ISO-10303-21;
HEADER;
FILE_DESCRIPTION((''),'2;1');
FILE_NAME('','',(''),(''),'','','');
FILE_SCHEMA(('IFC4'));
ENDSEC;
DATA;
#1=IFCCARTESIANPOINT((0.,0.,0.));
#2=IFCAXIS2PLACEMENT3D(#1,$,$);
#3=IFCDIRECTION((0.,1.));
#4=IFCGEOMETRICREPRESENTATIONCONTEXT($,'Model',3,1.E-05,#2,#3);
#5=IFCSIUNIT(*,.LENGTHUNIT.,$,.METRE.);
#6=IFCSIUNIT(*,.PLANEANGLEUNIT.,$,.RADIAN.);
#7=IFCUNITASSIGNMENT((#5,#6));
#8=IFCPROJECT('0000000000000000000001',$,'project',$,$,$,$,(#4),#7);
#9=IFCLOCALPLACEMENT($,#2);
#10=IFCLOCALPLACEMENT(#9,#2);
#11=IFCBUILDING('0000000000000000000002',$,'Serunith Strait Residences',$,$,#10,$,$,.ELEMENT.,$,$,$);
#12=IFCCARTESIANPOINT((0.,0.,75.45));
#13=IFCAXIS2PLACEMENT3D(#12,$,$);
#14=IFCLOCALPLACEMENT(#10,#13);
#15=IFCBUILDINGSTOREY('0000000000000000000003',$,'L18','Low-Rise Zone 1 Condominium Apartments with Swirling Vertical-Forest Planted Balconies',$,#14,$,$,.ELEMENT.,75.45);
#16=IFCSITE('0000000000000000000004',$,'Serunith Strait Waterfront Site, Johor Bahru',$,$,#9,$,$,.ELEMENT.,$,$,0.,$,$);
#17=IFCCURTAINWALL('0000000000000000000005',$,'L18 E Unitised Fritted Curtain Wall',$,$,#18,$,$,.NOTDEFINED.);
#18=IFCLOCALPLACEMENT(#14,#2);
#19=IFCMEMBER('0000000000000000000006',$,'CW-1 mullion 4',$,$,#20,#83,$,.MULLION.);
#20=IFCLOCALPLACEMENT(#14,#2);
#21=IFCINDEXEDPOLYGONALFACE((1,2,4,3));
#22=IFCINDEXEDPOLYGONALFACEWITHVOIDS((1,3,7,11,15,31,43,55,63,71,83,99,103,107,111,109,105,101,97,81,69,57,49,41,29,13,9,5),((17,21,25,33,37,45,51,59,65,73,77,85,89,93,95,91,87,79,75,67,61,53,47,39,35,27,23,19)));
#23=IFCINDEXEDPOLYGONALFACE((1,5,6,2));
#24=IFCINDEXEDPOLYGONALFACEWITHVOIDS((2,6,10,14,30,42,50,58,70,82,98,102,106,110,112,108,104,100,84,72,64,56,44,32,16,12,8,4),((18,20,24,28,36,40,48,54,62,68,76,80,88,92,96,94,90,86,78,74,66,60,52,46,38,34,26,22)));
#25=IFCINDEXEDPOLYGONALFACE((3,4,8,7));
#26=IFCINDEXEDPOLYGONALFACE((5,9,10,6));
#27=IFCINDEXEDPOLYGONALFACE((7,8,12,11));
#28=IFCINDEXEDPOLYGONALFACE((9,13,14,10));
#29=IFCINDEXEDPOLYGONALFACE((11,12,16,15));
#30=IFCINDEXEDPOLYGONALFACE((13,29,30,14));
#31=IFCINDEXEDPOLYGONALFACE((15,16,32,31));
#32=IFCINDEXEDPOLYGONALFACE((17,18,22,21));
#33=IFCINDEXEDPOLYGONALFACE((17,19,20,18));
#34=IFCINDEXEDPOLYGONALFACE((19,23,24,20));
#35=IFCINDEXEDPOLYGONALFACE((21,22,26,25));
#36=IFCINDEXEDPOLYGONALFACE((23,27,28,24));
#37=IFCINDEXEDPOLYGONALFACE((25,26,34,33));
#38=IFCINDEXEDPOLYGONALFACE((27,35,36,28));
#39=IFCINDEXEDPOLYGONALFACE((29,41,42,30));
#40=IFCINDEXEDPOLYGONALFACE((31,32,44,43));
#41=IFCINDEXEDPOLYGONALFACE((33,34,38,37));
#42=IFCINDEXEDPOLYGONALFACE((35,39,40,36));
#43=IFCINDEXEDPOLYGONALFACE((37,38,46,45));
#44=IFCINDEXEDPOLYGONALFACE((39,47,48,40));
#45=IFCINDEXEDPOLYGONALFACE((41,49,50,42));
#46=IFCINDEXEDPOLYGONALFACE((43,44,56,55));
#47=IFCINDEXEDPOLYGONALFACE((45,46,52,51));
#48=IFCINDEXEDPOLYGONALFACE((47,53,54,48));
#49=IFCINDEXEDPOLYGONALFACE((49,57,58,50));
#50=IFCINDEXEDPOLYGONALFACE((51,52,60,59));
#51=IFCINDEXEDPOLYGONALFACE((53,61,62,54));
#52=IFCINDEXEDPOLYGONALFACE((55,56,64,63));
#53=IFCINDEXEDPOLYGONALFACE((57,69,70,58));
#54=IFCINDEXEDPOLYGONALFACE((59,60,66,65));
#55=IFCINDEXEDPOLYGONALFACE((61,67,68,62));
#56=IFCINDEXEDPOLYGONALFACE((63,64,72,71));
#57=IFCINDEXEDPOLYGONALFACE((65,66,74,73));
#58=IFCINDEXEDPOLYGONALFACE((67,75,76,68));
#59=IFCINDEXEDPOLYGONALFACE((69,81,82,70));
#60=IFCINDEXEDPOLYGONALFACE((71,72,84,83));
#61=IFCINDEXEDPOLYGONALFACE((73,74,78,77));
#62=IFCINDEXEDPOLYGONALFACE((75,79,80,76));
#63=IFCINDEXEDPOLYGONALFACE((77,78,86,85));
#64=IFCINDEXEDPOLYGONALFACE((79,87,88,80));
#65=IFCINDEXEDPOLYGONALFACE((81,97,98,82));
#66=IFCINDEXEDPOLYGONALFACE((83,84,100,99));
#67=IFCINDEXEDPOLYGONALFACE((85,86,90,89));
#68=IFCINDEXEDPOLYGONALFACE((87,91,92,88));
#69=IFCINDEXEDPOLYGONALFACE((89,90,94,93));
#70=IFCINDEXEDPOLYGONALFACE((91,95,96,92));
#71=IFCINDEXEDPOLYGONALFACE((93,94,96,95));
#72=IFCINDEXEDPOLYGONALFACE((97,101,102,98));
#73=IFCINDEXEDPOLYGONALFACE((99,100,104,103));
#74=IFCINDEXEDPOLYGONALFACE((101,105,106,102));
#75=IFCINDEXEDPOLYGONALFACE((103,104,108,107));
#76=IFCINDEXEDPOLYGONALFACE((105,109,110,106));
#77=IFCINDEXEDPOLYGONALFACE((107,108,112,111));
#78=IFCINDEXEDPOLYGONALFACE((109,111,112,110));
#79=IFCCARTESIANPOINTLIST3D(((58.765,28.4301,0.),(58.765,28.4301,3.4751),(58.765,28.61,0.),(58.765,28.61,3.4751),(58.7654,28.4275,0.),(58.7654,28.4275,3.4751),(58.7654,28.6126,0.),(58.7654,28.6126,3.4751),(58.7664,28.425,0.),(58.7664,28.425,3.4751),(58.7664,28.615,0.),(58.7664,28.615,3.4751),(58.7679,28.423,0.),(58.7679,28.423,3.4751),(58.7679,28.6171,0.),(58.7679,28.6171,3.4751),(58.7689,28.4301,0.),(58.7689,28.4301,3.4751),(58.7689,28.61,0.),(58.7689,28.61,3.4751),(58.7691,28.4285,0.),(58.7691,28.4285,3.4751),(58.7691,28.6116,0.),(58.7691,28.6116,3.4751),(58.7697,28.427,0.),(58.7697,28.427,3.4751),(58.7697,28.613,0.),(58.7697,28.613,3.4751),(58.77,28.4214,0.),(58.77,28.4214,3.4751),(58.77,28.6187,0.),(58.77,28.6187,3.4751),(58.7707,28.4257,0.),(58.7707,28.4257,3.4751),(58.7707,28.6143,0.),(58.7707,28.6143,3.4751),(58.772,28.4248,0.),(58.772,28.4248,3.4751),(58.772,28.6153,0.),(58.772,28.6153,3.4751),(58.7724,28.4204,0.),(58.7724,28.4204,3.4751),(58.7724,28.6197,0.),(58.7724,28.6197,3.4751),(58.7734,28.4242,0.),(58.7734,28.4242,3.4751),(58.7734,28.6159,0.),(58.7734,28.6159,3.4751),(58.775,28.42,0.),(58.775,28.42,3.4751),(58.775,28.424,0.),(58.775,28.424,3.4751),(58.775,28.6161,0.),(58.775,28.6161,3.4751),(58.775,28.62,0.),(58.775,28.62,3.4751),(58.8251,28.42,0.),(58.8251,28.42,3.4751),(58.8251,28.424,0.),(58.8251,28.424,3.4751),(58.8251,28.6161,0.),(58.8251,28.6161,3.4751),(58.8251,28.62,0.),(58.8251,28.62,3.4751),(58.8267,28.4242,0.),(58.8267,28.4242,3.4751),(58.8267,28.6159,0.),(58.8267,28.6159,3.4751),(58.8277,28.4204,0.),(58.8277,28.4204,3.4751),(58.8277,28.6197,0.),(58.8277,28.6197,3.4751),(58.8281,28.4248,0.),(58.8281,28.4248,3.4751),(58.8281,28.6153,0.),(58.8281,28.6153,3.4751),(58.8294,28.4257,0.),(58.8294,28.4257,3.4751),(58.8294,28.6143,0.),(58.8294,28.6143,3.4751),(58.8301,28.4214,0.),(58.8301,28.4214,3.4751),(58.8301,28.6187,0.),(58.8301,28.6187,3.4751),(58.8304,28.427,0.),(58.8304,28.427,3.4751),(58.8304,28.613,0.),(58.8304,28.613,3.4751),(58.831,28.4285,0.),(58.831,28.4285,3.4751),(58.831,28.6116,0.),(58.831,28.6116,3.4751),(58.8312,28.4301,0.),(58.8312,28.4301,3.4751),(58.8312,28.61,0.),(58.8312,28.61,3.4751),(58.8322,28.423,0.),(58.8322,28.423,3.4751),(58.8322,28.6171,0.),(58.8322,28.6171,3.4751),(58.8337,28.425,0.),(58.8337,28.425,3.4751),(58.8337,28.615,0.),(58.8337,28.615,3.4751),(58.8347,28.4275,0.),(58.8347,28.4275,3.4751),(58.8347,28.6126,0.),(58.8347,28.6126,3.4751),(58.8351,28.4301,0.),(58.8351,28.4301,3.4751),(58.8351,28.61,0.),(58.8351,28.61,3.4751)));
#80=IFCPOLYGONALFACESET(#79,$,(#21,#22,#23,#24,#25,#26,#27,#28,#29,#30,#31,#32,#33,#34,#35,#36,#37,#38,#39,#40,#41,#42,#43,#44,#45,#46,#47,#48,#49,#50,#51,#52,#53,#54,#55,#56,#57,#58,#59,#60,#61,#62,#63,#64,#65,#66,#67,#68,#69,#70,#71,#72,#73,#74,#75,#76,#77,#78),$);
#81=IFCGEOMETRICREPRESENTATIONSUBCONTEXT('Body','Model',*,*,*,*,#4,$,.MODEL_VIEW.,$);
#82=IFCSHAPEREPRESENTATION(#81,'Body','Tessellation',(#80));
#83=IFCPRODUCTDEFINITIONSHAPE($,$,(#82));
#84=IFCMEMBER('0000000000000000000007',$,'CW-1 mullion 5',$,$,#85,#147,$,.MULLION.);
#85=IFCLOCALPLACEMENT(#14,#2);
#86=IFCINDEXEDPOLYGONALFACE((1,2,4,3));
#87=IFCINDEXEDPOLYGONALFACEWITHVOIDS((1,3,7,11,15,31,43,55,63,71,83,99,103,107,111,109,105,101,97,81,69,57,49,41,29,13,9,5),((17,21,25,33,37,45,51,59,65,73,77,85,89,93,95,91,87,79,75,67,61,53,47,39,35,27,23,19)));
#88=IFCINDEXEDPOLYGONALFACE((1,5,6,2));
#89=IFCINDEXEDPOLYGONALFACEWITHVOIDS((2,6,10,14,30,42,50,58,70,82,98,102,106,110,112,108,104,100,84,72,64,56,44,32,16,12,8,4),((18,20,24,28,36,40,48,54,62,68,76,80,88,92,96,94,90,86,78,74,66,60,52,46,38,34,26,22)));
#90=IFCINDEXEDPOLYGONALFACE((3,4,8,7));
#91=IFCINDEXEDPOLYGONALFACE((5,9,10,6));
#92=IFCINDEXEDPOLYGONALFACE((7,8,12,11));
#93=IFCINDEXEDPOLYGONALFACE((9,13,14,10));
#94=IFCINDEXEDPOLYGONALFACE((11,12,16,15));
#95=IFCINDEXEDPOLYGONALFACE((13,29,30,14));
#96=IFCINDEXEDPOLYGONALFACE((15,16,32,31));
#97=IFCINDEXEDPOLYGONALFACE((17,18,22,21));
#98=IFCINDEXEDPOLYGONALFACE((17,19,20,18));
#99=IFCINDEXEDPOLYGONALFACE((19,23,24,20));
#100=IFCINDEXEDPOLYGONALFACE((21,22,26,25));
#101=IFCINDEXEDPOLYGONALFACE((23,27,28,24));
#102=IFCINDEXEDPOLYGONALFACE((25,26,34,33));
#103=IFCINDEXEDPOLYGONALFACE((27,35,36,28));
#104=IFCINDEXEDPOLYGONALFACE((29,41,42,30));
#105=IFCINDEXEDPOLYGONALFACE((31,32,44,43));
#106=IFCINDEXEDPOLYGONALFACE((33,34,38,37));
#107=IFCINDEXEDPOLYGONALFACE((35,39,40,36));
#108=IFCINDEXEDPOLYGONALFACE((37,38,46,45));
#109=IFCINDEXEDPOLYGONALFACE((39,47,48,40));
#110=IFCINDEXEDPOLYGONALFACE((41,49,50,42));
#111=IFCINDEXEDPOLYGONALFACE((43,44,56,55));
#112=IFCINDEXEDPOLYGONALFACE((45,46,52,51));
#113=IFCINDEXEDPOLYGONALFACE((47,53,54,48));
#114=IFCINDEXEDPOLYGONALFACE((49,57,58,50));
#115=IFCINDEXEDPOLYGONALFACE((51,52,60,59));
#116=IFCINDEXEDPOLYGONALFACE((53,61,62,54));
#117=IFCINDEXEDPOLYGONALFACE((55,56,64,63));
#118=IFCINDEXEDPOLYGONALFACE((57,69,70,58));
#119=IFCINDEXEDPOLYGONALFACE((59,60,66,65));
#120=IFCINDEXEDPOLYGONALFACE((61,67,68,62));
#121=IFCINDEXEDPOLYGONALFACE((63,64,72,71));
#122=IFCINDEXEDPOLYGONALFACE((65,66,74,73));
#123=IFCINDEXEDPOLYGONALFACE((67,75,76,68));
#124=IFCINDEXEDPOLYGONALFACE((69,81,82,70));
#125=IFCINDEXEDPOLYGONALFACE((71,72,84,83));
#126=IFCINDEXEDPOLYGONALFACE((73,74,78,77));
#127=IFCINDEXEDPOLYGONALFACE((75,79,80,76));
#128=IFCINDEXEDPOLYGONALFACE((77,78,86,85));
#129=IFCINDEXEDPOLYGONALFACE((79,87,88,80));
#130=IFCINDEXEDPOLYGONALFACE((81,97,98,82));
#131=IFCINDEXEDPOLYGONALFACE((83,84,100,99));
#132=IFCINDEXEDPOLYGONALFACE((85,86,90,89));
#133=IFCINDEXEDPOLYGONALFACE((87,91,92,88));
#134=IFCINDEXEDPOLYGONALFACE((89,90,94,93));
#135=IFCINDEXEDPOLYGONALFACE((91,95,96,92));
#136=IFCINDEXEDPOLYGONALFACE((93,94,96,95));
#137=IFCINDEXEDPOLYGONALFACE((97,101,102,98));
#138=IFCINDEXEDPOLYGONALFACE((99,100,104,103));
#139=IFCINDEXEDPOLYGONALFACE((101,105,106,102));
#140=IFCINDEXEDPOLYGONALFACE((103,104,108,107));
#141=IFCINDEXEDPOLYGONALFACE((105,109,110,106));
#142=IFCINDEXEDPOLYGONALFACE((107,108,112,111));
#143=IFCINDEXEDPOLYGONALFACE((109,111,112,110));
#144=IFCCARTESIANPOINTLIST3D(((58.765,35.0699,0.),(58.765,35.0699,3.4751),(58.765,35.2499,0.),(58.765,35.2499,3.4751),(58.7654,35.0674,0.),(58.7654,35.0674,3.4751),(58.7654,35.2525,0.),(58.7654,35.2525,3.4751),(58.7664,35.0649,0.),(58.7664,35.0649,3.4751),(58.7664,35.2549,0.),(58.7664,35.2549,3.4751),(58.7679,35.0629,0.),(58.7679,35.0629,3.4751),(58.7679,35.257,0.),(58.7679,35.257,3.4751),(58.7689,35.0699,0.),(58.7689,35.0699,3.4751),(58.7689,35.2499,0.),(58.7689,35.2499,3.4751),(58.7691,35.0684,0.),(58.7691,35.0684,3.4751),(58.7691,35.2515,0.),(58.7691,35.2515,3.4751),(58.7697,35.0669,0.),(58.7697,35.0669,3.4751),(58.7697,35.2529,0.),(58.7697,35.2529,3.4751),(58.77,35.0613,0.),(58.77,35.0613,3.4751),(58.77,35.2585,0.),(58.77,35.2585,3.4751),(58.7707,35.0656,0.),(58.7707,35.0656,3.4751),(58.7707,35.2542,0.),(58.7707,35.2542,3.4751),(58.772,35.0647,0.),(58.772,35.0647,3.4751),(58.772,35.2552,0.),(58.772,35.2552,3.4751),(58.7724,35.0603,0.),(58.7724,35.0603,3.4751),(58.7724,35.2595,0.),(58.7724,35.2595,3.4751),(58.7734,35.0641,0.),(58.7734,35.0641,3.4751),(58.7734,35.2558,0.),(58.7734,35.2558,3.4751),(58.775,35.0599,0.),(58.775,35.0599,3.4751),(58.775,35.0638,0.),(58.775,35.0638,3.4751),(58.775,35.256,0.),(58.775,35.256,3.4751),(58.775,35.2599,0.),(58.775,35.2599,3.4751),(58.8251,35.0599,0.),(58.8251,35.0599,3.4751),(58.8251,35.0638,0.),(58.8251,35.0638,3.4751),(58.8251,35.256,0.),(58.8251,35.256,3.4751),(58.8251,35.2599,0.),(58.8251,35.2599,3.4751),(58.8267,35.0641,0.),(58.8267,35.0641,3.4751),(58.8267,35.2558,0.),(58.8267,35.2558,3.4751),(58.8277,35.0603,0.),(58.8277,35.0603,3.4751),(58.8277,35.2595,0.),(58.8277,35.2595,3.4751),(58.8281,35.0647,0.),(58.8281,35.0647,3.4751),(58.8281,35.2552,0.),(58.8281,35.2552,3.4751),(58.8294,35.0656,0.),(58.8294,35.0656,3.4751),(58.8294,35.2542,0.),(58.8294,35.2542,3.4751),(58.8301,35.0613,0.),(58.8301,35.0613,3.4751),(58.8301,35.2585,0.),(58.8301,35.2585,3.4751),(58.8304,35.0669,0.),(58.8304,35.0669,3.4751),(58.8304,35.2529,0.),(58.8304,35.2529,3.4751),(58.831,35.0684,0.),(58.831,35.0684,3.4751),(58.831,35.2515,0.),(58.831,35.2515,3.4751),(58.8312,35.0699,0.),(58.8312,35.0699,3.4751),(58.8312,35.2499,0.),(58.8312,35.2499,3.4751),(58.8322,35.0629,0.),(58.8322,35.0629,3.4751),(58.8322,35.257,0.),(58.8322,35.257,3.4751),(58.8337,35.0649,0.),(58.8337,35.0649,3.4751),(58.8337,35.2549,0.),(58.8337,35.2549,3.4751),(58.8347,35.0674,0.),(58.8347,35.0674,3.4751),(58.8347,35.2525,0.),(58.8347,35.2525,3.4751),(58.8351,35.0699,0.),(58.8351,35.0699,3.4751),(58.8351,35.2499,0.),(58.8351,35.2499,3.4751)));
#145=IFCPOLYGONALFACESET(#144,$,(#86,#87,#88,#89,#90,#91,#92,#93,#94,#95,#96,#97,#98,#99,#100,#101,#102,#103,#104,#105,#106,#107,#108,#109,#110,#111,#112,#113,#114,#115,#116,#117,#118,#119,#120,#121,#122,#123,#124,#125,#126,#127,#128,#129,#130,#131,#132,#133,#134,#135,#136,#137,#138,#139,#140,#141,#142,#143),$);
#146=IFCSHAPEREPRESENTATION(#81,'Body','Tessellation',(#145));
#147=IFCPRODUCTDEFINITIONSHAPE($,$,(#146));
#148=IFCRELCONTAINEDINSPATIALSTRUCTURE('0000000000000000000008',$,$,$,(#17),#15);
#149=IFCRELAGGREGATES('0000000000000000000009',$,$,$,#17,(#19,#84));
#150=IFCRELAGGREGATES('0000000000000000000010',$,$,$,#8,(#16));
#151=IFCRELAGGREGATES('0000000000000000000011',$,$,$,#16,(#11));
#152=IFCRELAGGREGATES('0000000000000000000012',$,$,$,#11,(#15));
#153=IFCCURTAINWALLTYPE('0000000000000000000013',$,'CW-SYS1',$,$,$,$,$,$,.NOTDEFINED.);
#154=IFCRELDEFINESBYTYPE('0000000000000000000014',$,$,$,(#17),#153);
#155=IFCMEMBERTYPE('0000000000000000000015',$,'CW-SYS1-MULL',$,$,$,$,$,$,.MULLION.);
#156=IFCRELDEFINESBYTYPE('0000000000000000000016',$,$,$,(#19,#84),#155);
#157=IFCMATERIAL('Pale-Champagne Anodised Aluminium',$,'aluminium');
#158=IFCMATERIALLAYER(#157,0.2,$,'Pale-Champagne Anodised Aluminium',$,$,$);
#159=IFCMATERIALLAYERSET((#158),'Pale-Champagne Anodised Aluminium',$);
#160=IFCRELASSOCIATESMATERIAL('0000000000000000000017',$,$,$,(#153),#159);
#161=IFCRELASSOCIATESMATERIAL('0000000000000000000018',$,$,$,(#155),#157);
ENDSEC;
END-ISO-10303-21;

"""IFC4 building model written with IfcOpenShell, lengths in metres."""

from ifc_helpers import new_model, si_unit, direction, frame, origin, origin_2d, place, context, subcontext, project, spatial, hollow_rectangle, extrude, source, transform, mapped, material, layer, layer_set, material_profile, profile_set, type_object, element, aggregate, save


model = new_model("IFC4")

# Units and contexts
model_context = context("Model", 3, precision=1e-05, world=origin(), true_north=direction((0.0, 1.0)))
body_context = subcontext(model_context, "Body", "Model", "MODEL_VIEW")
ifc_project = project(units=[si_unit("LENGTHUNIT", "METRE"), si_unit("PLANEANGLEUNIT", "RADIAN")], contexts=[model_context])

# Site, building, storey
site_placement = place(None, origin())
site = spatial("IfcSite", under=ifc_project, at=site_placement, Name="Serunith Strait Waterfront Site, Johor Bahru", CompositionType="ELEMENT", RefElevation=0.0)
building_placement = place(site_placement, origin())
building = spatial("IfcBuilding", under=site, at=building_placement, Name="Serunith Strait Residences", CompositionType="ELEMENT")
storey_placement = place(building_placement, frame((0.0, 0.0, 75.45)))
storey = spatial("IfcBuildingStorey", under=building, at=storey_placement, Name="L18", Description="Low-Rise Zone 1 Condominium Apartments with Swirling Vertical-Forest Planted Balconies", CompositionType="ELEMENT", Elevation=75.45)

# Curtain wall, members
ifc_material_1 = material(Name="Pale-Champagne Anodised Aluminium", Category="aluminium")
ifc_layer_1 = layer(ifc_material_1, 0.2, Name="Pale-Champagne Anodised Aluminium")
ifc_layer_set_1 = layer_set([ifc_layer_1], Name="Pale-Champagne Anodised Aluminium")
curtain_wall_type = type_object("IfcCurtainWallType", Name="CW-SYS1", PredefinedType="NOTDEFINED", material=ifc_layer_set_1)
curtain_wall_placement = place(storey_placement, origin())
curtain_wall = element("IfcCurtainWall", 1, at=curtain_wall_placement, inside=storey, type_object=curtain_wall_type, Name="L18 E Unitised Fritted Curtain Wall", PredefinedType="NOTDEFINED")
ifc_material_profile_1 = material_profile(ifc_material_1, hollow_rectangle(XDim=0.0701, YDim=0.2, WallThickness=0.0039, InnerFilletRadius=0.0061, OuterFilletRadius=0.01, at=origin_2d()), Name="ALU 200x70x4")
ifc_profile_set_1 = profile_set([ifc_material_profile_1], Name="Pale-Champagne Anodised Aluminium")
member_type_1 = type_object("IfcMemberType", Name="CW-SYS1-MULL", PredefinedType="MULLION", material=ifc_profile_set_1)
shared_shape_1 = source(origin(), body_context, "Body", "SweptSolid", [
    extrude(hollow_rectangle(XDim=0.0701, YDim=0.2, WallThickness=0.0039, InnerFilletRadius=0.0061, OuterFilletRadius=0.01, at=origin_2d()), origin(), (0.0, 0.0, 1.0), 3.4751),
])
member_1_placement = place(storey_placement, frame((58.8, 28.52, 0.0), z_axis=(0.0, 0.0, 1.0), x_axis=(-1.0, 0.0, 0.0)))
member_1 = element("IfcMember", 2, at=member_1_placement, type_object=member_type_1, Name="CW-1 mullion 4", PredefinedType="MULLION", context=body_context, shape_type="MappedRepresentation", body=[
    mapped(shared_shape_1, transform((0.0, 0.0, 0.0), scale=1.0)),
])
member_2_placement = place(storey_placement, frame((58.8, 35.1599, 0.0), z_axis=(0.0, 0.0, 1.0), x_axis=(-1.0, 0.0, 0.0)))
member_2 = element("IfcMember", 3, at=member_2_placement, type_object=member_type_1, Name="CW-1 mullion 5", PredefinedType="MULLION", context=body_context, shape_type="MappedRepresentation", body=[
    mapped(shared_shape_1, transform((0.0, 0.0, 0.0), scale=1.0)),
])
aggregate(curtain_wall, [member_1, member_2])

save(model, "model.ifc")
